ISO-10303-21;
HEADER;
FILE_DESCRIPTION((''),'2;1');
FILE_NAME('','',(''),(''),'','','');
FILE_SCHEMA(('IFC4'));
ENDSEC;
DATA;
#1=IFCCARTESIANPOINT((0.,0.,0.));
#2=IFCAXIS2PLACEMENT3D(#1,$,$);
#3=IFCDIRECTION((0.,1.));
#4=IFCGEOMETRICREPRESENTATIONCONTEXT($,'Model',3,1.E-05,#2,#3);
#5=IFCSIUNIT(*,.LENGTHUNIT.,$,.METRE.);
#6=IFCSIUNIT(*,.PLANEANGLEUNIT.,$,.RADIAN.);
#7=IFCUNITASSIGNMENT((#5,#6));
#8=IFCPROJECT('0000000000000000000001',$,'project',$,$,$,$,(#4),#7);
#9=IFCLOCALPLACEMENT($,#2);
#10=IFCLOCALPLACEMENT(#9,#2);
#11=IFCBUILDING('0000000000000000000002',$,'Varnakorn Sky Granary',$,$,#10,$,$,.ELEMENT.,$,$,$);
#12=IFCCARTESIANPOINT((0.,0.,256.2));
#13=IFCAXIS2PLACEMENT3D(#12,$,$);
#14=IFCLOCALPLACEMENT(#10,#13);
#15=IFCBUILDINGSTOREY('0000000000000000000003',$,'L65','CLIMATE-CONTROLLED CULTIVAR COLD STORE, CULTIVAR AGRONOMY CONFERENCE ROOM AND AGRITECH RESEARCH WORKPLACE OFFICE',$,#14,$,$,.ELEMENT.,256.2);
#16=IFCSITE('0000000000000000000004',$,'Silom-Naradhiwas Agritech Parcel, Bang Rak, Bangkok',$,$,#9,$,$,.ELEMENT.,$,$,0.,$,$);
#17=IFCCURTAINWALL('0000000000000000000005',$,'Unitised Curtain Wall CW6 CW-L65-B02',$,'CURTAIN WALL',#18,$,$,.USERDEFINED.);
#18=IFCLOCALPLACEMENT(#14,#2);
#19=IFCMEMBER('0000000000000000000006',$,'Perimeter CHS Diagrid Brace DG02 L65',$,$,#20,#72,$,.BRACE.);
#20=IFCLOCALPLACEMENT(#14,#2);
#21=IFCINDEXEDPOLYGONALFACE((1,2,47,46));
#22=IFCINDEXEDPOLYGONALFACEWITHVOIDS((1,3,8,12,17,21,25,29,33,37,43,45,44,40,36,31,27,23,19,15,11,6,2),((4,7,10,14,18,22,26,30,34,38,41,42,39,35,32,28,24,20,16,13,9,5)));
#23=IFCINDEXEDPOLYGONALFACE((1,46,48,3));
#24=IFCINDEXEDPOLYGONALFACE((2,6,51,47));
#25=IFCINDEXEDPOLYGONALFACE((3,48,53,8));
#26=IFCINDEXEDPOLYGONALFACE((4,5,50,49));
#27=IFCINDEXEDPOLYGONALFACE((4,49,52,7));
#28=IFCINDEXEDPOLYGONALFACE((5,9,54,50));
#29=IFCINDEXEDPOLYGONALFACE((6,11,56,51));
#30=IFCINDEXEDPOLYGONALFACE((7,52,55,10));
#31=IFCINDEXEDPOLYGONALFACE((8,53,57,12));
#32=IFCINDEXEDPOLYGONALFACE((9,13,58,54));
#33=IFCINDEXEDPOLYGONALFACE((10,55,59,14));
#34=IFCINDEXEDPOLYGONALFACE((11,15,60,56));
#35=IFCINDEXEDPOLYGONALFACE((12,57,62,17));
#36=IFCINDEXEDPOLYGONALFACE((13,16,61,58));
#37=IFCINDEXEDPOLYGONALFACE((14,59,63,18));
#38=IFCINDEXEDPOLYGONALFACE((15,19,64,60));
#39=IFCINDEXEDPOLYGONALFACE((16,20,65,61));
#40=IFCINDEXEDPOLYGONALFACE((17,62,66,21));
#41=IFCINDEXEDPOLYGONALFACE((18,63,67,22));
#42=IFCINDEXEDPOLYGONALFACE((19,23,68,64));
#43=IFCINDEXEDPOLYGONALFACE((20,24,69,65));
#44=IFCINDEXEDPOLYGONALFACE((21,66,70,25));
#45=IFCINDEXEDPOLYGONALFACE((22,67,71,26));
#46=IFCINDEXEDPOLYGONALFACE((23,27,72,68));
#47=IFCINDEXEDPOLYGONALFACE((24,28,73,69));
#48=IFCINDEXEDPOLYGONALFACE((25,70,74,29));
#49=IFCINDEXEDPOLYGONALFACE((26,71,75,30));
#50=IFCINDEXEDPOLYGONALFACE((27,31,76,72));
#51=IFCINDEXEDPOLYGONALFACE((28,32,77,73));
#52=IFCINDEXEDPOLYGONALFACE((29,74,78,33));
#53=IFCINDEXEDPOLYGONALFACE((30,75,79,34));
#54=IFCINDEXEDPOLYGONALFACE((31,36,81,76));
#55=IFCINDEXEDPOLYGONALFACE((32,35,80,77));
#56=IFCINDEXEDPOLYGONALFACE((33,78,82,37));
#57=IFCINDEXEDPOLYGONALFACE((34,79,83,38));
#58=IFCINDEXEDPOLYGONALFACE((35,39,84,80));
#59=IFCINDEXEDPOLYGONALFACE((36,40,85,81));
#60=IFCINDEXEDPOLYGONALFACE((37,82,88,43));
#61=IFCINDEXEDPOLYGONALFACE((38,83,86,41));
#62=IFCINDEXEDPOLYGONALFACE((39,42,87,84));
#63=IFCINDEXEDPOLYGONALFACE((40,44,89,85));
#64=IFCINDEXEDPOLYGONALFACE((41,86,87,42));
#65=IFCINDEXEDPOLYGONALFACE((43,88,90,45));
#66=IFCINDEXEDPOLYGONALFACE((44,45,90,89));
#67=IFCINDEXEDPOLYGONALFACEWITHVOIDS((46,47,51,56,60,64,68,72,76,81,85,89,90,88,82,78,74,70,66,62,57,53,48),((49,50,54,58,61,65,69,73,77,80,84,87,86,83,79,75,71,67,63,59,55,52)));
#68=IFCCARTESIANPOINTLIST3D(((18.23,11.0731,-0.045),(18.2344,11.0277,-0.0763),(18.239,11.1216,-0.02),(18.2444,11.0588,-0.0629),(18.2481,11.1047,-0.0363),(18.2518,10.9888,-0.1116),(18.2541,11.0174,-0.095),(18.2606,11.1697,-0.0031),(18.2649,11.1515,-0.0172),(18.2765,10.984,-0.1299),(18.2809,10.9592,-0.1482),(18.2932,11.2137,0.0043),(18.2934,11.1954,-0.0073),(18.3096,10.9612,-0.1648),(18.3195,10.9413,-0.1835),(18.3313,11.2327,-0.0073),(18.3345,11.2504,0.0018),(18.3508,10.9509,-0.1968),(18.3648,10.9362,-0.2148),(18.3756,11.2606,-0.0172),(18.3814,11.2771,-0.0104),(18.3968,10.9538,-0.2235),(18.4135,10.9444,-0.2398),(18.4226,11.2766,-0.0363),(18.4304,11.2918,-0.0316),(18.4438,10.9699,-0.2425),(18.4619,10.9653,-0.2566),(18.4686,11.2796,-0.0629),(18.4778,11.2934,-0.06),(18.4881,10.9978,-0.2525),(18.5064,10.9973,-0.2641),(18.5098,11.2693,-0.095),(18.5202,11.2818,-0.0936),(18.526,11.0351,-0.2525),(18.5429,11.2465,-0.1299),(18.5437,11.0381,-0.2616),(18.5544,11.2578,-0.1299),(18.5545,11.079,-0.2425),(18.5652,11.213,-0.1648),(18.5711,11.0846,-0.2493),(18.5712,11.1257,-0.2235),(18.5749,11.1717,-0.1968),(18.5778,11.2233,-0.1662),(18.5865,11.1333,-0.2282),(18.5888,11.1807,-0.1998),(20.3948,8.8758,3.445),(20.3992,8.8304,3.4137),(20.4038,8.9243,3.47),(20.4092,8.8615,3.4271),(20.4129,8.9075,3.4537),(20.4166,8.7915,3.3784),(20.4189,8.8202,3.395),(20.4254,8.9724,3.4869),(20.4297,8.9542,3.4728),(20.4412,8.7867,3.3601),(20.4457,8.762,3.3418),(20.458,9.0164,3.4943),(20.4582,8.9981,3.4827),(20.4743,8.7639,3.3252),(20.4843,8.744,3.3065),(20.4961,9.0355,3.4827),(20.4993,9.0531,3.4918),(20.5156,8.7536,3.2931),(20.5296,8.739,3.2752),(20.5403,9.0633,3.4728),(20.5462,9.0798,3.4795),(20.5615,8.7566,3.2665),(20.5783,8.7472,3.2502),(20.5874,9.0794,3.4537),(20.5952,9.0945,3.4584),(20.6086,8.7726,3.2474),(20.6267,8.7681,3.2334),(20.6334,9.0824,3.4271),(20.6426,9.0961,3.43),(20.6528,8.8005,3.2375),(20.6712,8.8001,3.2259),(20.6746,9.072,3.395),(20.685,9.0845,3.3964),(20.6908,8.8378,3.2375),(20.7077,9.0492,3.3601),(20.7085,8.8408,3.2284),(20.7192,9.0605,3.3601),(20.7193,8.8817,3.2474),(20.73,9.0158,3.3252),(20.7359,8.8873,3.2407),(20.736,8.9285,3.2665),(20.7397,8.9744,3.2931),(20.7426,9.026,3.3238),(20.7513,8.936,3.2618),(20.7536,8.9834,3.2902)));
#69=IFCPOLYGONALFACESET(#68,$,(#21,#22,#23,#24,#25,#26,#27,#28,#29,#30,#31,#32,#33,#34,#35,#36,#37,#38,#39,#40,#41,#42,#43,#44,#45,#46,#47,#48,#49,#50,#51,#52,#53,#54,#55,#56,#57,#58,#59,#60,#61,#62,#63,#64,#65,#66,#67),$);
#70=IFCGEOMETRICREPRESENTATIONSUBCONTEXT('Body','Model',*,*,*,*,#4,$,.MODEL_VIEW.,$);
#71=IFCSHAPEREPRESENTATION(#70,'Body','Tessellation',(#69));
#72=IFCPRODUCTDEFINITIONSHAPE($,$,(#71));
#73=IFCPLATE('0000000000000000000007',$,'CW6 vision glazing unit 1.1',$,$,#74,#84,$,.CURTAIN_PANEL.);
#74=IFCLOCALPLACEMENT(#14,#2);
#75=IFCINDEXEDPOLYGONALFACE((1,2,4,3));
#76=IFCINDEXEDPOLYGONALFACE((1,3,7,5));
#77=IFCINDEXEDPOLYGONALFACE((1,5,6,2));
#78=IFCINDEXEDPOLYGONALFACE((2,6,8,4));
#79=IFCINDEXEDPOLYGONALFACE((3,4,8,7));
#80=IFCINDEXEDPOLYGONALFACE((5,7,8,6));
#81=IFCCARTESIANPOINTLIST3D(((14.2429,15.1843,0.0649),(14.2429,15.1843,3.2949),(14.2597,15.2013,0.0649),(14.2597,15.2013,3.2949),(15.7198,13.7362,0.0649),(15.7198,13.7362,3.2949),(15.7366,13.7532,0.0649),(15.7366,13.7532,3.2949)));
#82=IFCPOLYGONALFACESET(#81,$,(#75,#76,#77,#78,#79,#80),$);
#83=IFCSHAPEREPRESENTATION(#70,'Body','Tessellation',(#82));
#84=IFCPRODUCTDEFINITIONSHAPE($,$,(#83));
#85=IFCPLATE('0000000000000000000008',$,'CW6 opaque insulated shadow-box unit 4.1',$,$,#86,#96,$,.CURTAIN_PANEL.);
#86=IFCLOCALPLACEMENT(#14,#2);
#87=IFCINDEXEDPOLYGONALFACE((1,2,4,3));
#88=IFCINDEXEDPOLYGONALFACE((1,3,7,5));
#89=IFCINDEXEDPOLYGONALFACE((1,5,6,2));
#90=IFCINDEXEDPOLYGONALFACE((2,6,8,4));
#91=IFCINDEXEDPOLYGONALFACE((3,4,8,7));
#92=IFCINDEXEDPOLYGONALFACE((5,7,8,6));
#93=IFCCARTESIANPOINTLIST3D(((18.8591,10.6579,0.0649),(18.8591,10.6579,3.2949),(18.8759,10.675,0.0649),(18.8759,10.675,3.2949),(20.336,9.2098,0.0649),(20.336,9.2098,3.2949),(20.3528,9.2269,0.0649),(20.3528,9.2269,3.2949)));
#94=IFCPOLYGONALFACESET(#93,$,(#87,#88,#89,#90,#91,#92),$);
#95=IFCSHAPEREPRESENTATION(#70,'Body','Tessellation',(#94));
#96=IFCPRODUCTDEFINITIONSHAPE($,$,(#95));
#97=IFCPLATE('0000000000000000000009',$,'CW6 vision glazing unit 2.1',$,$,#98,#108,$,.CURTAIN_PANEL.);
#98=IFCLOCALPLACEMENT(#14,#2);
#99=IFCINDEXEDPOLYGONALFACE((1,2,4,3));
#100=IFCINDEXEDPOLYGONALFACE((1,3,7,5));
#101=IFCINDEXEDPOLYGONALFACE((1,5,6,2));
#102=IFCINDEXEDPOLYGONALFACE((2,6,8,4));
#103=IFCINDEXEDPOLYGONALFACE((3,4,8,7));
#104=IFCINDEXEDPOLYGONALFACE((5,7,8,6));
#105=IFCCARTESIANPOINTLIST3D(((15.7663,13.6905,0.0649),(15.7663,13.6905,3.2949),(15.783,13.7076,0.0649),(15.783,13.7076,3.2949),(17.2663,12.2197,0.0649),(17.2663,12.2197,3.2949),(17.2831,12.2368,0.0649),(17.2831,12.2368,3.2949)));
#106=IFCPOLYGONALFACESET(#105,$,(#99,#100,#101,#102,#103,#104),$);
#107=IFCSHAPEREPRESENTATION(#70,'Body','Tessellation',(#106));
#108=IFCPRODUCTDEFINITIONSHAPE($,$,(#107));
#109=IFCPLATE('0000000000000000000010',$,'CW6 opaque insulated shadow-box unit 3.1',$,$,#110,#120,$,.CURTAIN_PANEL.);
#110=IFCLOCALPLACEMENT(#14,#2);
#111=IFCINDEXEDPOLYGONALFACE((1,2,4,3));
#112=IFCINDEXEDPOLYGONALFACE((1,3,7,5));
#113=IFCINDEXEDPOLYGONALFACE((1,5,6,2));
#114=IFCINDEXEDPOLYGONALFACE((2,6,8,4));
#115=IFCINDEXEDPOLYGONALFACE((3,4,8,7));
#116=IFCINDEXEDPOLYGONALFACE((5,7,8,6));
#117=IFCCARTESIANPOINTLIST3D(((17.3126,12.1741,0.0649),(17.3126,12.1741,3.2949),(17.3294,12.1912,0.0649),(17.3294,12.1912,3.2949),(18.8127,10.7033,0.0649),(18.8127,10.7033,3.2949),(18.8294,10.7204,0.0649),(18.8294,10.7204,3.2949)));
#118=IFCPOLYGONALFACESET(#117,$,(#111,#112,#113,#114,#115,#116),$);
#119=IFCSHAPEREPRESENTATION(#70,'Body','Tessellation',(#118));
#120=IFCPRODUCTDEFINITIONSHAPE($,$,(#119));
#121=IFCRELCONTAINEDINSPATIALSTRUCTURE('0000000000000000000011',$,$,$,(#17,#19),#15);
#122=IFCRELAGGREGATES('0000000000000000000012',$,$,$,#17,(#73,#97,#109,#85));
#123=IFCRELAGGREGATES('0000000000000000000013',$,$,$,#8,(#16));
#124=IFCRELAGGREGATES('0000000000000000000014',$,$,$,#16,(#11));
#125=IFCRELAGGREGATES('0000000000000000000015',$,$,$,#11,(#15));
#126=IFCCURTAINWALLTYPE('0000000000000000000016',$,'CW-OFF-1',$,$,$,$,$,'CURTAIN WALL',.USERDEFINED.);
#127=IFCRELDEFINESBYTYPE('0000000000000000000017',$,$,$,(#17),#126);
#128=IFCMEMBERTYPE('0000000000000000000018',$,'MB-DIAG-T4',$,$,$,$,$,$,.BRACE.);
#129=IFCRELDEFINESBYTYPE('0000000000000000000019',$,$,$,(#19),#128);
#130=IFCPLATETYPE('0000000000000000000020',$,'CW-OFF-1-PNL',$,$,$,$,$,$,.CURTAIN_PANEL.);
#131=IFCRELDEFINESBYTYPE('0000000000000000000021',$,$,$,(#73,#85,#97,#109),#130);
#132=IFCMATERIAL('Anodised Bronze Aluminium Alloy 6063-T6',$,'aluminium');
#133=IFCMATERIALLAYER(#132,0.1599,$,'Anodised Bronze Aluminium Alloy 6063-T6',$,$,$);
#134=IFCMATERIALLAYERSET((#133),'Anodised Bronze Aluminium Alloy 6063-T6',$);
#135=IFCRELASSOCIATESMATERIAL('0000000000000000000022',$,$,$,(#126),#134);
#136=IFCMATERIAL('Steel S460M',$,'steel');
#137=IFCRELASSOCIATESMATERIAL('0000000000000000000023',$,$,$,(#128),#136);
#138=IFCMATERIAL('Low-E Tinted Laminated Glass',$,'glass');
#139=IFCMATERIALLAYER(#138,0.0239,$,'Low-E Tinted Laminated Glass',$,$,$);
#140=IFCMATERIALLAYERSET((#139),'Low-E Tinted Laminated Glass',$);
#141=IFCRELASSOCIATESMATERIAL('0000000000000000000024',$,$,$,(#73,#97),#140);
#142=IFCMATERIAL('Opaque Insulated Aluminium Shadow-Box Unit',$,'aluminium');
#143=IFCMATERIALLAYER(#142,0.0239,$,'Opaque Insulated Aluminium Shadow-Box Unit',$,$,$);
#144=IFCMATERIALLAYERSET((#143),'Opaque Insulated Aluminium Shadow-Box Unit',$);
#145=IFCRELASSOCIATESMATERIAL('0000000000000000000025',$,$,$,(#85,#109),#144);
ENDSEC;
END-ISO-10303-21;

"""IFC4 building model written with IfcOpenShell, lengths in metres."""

from ifc_helpers import new_model, si_unit, direction, frame, origin, origin_2d, place, context, subcontext, project, spatial, rectangle, hollow_circle, extrude, source, transform, mapped, material, layer, layer_set, material_profile, profile_set, type_object, type_shapes, element, aggregate, save


model = new_model("IFC4")

# Units and contexts
model_context = context("Model", 3, precision=1e-05, world=origin(), true_north=direction((0.0, 1.0)))
body_context = subcontext(model_context, "Body", "Model", "MODEL_VIEW")
ifc_project = project(units=[si_unit("LENGTHUNIT", "METRE"), si_unit("PLANEANGLEUNIT", "RADIAN")], contexts=[model_context])

# Site, building, storey
site_placement = place(None, origin())
site = spatial("IfcSite", under=ifc_project, at=site_placement, Name="Silom-Naradhiwas Agritech Parcel, Bang Rak, Bangkok", CompositionType="ELEMENT", RefElevation=0.0)
building_placement = place(site_placement, origin())
building = spatial("IfcBuilding", under=site, at=building_placement, Name="Varnakorn Sky Granary", CompositionType="ELEMENT")
storey_placement = place(building_placement, frame((0.0, 0.0, 256.2)))
storey = spatial("IfcBuildingStorey", under=building, at=storey_placement, Name="L65", Description="CLIMATE-CONTROLLED CULTIVAR COLD STORE, CULTIVAR AGRONOMY CONFERENCE ROOM AND AGRITECH RESEARCH WORKPLACE OFFICE", CompositionType="ELEMENT", Elevation=256.2)

# Shared definitions
ifc_material_1 = material(Name="Steel S460M", Category="steel")

# Curtain wall
ifc_material_2 = material(Name="Anodised Bronze Aluminium Alloy 6063-T6", Category="aluminium")
ifc_layer_1 = layer(ifc_material_2, 0.1599, Name="Anodised Bronze Aluminium Alloy 6063-T6")
ifc_layer_set_1 = layer_set([ifc_layer_1], Name="Anodised Bronze Aluminium Alloy 6063-T6")
curtain_wall_type = type_object("IfcCurtainWallType", Name="CW-OFF-1", ElementType="CURTAIN WALL", PredefinedType="USERDEFINED", material=ifc_layer_set_1)
curtain_wall_placement = place(storey_placement, origin())
curtain_wall = element("IfcCurtainWall", 1, at=curtain_wall_placement, inside=storey, type_object=curtain_wall_type, Name="Unitised Curtain Wall CW6 CW-L65-B02", ObjectType="CURTAIN WALL", PredefinedType="USERDEFINED")

# Member
ifc_material_profile_1 = material_profile(ifc_material_1, hollow_circle(Radius=0.2031, WallThickness=0.0161, at=origin_2d()), Name="CHS 406.4x16")
ifc_profile_set_1 = profile_set([ifc_material_profile_1], Name="Steel S460M")
member_type_1 = type_object("IfcMemberType", Name="MB-DIAG-T4", PredefinedType="BRACE", material=ifc_profile_set_1)
member_1_placement = place(storey_placement, frame((18.4097, 11.1152, -0.1299), z_axis=(0.464776, -0.471747, 0.749292), x_axis=(0.712351, 0.701824, 0.0)))
element("IfcMember", 2, at=member_1_placement, inside=storey, type_object=member_type_1, Name="Perimeter CHS Diagrid Brace DG02 L65", PredefinedType="BRACE", context=body_context, shape_type="SweptSolid", body=[
    extrude(hollow_circle(Radius=0.2031, WallThickness=0.0161, at=origin_2d()), origin(), (0.0, 0.0, 1.0), 4.6577),
])

# Plates
ifc_material_3 = material(Name="Low-E Tinted Laminated Glass", Category="glass")
ifc_layer_2 = layer(ifc_material_3, 0.0239, Name="Low-E Tinted Laminated Glass")
ifc_layer_set_2 = layer_set([ifc_layer_2], Name="Low-E Tinted Laminated Glass")
plate_type = type_object("IfcPlateType", Name="CW-OFF-1-PNL", PredefinedType="CURTAIN_PANEL")
shared_shape_1 = source(origin(), body_context, "Body", "SweptSolid", [
    extrude(rectangle(XDim=2.0684, YDim=0.0239, at=origin_2d()), origin(), (0.0, 0.0, 1.0), 3.23),
])
plate_1_placement = place(storey_placement, frame((14.9897, 14.4688, 0.0649), z_axis=(0.0, 0.0, 1.0), x_axis=(0.714027, -0.700118, 0.0)))
plate_1 = element("IfcPlate", 3, at=plate_1_placement, type_object=plate_type, material=ifc_layer_set_2, Name="CW6 vision glazing unit 1.1", PredefinedType="CURTAIN_PANEL", context=body_context, shape_type="MappedRepresentation", body=[
    mapped(shared_shape_1, transform((0.0, 0.0, 0.0), x_axis=(1.0, 0.0, 0.0), y_axis=(0.0, 1.0, 0.0), z_axis=(0.0, 0.0, 1.0), scale=1.0)),
])
ifc_material_4 = material(Name="Opaque Insulated Aluminium Shadow-Box Unit", Category="aluminium")
ifc_layer_3 = layer(ifc_material_4, 0.0239, Name="Opaque Insulated Aluminium Shadow-Box Unit")
ifc_layer_set_3 = layer_set([ifc_layer_3], Name="Opaque Insulated Aluminium Shadow-Box Unit")
plate_2_placement = place(storey_placement, frame((19.606, 9.9424, 0.0649), z_axis=(0.0, 0.0, 1.0), x_axis=(0.714027, -0.700118, 0.0)))
plate_2 = element("IfcPlate", 4, at=plate_2_placement, type_object=plate_type, material=ifc_layer_set_3, Name="CW6 opaque insulated shadow-box unit 4.1", PredefinedType="CURTAIN_PANEL", context=body_context, shape_type="MappedRepresentation", body=[
    mapped(shared_shape_1, transform((0.0, 0.0, 0.0), x_axis=(1.0, 0.0, 0.0), y_axis=(0.0, 1.0, 0.0), z_axis=(0.0, 0.0, 1.0), scale=1.0)),
])
shared_shape_2 = source(origin(), body_context, "Body", "SweptSolid", [
    extrude(rectangle(XDim=2.1008, YDim=0.0239, at=origin_2d()), origin(), (0.0, 0.0, 1.0), 3.23),
])
type_shapes(plate_type, [shared_shape_1, shared_shape_2])
plate_3_placement = place(storey_placement, frame((16.5247, 12.9636, 0.0649), z_axis=(0.0, 0.0, 1.0), x_axis=(0.714027, -0.700118, 0.0)))
plate_3 = element("IfcPlate", 5, at=plate_3_placement, type_object=plate_type, material=ifc_layer_set_2, Name="CW6 vision glazing unit 2.1", PredefinedType="CURTAIN_PANEL", context=body_context, shape_type="MappedRepresentation", body=[
    mapped(shared_shape_2, transform((0.0, 0.0, 0.0), x_axis=(1.0, 0.0, 0.0), y_axis=(0.0, 1.0, 0.0), z_axis=(0.0, 0.0, 1.0), scale=1.0)),
])
plate_4_placement = place(storey_placement, frame((18.071, 11.4473, 0.0649), z_axis=(0.0, 0.0, 1.0), x_axis=(0.714027, -0.700118, 0.0)))
plate_4 = element("IfcPlate", 6, at=plate_4_placement, type_object=plate_type, material=ifc_layer_set_3, Name="CW6 opaque insulated shadow-box unit 3.1", PredefinedType="CURTAIN_PANEL", context=body_context, shape_type="MappedRepresentation", body=[
    mapped(shared_shape_2, transform((0.0, 0.0, 0.0), x_axis=(1.0, 0.0, 0.0), y_axis=(0.0, 1.0, 0.0), z_axis=(0.0, 0.0, 1.0), scale=1.0)),
])
aggregate(curtain_wall, [plate_1, plate_3, plate_4, plate_2])

save(model, "model.ifc")
